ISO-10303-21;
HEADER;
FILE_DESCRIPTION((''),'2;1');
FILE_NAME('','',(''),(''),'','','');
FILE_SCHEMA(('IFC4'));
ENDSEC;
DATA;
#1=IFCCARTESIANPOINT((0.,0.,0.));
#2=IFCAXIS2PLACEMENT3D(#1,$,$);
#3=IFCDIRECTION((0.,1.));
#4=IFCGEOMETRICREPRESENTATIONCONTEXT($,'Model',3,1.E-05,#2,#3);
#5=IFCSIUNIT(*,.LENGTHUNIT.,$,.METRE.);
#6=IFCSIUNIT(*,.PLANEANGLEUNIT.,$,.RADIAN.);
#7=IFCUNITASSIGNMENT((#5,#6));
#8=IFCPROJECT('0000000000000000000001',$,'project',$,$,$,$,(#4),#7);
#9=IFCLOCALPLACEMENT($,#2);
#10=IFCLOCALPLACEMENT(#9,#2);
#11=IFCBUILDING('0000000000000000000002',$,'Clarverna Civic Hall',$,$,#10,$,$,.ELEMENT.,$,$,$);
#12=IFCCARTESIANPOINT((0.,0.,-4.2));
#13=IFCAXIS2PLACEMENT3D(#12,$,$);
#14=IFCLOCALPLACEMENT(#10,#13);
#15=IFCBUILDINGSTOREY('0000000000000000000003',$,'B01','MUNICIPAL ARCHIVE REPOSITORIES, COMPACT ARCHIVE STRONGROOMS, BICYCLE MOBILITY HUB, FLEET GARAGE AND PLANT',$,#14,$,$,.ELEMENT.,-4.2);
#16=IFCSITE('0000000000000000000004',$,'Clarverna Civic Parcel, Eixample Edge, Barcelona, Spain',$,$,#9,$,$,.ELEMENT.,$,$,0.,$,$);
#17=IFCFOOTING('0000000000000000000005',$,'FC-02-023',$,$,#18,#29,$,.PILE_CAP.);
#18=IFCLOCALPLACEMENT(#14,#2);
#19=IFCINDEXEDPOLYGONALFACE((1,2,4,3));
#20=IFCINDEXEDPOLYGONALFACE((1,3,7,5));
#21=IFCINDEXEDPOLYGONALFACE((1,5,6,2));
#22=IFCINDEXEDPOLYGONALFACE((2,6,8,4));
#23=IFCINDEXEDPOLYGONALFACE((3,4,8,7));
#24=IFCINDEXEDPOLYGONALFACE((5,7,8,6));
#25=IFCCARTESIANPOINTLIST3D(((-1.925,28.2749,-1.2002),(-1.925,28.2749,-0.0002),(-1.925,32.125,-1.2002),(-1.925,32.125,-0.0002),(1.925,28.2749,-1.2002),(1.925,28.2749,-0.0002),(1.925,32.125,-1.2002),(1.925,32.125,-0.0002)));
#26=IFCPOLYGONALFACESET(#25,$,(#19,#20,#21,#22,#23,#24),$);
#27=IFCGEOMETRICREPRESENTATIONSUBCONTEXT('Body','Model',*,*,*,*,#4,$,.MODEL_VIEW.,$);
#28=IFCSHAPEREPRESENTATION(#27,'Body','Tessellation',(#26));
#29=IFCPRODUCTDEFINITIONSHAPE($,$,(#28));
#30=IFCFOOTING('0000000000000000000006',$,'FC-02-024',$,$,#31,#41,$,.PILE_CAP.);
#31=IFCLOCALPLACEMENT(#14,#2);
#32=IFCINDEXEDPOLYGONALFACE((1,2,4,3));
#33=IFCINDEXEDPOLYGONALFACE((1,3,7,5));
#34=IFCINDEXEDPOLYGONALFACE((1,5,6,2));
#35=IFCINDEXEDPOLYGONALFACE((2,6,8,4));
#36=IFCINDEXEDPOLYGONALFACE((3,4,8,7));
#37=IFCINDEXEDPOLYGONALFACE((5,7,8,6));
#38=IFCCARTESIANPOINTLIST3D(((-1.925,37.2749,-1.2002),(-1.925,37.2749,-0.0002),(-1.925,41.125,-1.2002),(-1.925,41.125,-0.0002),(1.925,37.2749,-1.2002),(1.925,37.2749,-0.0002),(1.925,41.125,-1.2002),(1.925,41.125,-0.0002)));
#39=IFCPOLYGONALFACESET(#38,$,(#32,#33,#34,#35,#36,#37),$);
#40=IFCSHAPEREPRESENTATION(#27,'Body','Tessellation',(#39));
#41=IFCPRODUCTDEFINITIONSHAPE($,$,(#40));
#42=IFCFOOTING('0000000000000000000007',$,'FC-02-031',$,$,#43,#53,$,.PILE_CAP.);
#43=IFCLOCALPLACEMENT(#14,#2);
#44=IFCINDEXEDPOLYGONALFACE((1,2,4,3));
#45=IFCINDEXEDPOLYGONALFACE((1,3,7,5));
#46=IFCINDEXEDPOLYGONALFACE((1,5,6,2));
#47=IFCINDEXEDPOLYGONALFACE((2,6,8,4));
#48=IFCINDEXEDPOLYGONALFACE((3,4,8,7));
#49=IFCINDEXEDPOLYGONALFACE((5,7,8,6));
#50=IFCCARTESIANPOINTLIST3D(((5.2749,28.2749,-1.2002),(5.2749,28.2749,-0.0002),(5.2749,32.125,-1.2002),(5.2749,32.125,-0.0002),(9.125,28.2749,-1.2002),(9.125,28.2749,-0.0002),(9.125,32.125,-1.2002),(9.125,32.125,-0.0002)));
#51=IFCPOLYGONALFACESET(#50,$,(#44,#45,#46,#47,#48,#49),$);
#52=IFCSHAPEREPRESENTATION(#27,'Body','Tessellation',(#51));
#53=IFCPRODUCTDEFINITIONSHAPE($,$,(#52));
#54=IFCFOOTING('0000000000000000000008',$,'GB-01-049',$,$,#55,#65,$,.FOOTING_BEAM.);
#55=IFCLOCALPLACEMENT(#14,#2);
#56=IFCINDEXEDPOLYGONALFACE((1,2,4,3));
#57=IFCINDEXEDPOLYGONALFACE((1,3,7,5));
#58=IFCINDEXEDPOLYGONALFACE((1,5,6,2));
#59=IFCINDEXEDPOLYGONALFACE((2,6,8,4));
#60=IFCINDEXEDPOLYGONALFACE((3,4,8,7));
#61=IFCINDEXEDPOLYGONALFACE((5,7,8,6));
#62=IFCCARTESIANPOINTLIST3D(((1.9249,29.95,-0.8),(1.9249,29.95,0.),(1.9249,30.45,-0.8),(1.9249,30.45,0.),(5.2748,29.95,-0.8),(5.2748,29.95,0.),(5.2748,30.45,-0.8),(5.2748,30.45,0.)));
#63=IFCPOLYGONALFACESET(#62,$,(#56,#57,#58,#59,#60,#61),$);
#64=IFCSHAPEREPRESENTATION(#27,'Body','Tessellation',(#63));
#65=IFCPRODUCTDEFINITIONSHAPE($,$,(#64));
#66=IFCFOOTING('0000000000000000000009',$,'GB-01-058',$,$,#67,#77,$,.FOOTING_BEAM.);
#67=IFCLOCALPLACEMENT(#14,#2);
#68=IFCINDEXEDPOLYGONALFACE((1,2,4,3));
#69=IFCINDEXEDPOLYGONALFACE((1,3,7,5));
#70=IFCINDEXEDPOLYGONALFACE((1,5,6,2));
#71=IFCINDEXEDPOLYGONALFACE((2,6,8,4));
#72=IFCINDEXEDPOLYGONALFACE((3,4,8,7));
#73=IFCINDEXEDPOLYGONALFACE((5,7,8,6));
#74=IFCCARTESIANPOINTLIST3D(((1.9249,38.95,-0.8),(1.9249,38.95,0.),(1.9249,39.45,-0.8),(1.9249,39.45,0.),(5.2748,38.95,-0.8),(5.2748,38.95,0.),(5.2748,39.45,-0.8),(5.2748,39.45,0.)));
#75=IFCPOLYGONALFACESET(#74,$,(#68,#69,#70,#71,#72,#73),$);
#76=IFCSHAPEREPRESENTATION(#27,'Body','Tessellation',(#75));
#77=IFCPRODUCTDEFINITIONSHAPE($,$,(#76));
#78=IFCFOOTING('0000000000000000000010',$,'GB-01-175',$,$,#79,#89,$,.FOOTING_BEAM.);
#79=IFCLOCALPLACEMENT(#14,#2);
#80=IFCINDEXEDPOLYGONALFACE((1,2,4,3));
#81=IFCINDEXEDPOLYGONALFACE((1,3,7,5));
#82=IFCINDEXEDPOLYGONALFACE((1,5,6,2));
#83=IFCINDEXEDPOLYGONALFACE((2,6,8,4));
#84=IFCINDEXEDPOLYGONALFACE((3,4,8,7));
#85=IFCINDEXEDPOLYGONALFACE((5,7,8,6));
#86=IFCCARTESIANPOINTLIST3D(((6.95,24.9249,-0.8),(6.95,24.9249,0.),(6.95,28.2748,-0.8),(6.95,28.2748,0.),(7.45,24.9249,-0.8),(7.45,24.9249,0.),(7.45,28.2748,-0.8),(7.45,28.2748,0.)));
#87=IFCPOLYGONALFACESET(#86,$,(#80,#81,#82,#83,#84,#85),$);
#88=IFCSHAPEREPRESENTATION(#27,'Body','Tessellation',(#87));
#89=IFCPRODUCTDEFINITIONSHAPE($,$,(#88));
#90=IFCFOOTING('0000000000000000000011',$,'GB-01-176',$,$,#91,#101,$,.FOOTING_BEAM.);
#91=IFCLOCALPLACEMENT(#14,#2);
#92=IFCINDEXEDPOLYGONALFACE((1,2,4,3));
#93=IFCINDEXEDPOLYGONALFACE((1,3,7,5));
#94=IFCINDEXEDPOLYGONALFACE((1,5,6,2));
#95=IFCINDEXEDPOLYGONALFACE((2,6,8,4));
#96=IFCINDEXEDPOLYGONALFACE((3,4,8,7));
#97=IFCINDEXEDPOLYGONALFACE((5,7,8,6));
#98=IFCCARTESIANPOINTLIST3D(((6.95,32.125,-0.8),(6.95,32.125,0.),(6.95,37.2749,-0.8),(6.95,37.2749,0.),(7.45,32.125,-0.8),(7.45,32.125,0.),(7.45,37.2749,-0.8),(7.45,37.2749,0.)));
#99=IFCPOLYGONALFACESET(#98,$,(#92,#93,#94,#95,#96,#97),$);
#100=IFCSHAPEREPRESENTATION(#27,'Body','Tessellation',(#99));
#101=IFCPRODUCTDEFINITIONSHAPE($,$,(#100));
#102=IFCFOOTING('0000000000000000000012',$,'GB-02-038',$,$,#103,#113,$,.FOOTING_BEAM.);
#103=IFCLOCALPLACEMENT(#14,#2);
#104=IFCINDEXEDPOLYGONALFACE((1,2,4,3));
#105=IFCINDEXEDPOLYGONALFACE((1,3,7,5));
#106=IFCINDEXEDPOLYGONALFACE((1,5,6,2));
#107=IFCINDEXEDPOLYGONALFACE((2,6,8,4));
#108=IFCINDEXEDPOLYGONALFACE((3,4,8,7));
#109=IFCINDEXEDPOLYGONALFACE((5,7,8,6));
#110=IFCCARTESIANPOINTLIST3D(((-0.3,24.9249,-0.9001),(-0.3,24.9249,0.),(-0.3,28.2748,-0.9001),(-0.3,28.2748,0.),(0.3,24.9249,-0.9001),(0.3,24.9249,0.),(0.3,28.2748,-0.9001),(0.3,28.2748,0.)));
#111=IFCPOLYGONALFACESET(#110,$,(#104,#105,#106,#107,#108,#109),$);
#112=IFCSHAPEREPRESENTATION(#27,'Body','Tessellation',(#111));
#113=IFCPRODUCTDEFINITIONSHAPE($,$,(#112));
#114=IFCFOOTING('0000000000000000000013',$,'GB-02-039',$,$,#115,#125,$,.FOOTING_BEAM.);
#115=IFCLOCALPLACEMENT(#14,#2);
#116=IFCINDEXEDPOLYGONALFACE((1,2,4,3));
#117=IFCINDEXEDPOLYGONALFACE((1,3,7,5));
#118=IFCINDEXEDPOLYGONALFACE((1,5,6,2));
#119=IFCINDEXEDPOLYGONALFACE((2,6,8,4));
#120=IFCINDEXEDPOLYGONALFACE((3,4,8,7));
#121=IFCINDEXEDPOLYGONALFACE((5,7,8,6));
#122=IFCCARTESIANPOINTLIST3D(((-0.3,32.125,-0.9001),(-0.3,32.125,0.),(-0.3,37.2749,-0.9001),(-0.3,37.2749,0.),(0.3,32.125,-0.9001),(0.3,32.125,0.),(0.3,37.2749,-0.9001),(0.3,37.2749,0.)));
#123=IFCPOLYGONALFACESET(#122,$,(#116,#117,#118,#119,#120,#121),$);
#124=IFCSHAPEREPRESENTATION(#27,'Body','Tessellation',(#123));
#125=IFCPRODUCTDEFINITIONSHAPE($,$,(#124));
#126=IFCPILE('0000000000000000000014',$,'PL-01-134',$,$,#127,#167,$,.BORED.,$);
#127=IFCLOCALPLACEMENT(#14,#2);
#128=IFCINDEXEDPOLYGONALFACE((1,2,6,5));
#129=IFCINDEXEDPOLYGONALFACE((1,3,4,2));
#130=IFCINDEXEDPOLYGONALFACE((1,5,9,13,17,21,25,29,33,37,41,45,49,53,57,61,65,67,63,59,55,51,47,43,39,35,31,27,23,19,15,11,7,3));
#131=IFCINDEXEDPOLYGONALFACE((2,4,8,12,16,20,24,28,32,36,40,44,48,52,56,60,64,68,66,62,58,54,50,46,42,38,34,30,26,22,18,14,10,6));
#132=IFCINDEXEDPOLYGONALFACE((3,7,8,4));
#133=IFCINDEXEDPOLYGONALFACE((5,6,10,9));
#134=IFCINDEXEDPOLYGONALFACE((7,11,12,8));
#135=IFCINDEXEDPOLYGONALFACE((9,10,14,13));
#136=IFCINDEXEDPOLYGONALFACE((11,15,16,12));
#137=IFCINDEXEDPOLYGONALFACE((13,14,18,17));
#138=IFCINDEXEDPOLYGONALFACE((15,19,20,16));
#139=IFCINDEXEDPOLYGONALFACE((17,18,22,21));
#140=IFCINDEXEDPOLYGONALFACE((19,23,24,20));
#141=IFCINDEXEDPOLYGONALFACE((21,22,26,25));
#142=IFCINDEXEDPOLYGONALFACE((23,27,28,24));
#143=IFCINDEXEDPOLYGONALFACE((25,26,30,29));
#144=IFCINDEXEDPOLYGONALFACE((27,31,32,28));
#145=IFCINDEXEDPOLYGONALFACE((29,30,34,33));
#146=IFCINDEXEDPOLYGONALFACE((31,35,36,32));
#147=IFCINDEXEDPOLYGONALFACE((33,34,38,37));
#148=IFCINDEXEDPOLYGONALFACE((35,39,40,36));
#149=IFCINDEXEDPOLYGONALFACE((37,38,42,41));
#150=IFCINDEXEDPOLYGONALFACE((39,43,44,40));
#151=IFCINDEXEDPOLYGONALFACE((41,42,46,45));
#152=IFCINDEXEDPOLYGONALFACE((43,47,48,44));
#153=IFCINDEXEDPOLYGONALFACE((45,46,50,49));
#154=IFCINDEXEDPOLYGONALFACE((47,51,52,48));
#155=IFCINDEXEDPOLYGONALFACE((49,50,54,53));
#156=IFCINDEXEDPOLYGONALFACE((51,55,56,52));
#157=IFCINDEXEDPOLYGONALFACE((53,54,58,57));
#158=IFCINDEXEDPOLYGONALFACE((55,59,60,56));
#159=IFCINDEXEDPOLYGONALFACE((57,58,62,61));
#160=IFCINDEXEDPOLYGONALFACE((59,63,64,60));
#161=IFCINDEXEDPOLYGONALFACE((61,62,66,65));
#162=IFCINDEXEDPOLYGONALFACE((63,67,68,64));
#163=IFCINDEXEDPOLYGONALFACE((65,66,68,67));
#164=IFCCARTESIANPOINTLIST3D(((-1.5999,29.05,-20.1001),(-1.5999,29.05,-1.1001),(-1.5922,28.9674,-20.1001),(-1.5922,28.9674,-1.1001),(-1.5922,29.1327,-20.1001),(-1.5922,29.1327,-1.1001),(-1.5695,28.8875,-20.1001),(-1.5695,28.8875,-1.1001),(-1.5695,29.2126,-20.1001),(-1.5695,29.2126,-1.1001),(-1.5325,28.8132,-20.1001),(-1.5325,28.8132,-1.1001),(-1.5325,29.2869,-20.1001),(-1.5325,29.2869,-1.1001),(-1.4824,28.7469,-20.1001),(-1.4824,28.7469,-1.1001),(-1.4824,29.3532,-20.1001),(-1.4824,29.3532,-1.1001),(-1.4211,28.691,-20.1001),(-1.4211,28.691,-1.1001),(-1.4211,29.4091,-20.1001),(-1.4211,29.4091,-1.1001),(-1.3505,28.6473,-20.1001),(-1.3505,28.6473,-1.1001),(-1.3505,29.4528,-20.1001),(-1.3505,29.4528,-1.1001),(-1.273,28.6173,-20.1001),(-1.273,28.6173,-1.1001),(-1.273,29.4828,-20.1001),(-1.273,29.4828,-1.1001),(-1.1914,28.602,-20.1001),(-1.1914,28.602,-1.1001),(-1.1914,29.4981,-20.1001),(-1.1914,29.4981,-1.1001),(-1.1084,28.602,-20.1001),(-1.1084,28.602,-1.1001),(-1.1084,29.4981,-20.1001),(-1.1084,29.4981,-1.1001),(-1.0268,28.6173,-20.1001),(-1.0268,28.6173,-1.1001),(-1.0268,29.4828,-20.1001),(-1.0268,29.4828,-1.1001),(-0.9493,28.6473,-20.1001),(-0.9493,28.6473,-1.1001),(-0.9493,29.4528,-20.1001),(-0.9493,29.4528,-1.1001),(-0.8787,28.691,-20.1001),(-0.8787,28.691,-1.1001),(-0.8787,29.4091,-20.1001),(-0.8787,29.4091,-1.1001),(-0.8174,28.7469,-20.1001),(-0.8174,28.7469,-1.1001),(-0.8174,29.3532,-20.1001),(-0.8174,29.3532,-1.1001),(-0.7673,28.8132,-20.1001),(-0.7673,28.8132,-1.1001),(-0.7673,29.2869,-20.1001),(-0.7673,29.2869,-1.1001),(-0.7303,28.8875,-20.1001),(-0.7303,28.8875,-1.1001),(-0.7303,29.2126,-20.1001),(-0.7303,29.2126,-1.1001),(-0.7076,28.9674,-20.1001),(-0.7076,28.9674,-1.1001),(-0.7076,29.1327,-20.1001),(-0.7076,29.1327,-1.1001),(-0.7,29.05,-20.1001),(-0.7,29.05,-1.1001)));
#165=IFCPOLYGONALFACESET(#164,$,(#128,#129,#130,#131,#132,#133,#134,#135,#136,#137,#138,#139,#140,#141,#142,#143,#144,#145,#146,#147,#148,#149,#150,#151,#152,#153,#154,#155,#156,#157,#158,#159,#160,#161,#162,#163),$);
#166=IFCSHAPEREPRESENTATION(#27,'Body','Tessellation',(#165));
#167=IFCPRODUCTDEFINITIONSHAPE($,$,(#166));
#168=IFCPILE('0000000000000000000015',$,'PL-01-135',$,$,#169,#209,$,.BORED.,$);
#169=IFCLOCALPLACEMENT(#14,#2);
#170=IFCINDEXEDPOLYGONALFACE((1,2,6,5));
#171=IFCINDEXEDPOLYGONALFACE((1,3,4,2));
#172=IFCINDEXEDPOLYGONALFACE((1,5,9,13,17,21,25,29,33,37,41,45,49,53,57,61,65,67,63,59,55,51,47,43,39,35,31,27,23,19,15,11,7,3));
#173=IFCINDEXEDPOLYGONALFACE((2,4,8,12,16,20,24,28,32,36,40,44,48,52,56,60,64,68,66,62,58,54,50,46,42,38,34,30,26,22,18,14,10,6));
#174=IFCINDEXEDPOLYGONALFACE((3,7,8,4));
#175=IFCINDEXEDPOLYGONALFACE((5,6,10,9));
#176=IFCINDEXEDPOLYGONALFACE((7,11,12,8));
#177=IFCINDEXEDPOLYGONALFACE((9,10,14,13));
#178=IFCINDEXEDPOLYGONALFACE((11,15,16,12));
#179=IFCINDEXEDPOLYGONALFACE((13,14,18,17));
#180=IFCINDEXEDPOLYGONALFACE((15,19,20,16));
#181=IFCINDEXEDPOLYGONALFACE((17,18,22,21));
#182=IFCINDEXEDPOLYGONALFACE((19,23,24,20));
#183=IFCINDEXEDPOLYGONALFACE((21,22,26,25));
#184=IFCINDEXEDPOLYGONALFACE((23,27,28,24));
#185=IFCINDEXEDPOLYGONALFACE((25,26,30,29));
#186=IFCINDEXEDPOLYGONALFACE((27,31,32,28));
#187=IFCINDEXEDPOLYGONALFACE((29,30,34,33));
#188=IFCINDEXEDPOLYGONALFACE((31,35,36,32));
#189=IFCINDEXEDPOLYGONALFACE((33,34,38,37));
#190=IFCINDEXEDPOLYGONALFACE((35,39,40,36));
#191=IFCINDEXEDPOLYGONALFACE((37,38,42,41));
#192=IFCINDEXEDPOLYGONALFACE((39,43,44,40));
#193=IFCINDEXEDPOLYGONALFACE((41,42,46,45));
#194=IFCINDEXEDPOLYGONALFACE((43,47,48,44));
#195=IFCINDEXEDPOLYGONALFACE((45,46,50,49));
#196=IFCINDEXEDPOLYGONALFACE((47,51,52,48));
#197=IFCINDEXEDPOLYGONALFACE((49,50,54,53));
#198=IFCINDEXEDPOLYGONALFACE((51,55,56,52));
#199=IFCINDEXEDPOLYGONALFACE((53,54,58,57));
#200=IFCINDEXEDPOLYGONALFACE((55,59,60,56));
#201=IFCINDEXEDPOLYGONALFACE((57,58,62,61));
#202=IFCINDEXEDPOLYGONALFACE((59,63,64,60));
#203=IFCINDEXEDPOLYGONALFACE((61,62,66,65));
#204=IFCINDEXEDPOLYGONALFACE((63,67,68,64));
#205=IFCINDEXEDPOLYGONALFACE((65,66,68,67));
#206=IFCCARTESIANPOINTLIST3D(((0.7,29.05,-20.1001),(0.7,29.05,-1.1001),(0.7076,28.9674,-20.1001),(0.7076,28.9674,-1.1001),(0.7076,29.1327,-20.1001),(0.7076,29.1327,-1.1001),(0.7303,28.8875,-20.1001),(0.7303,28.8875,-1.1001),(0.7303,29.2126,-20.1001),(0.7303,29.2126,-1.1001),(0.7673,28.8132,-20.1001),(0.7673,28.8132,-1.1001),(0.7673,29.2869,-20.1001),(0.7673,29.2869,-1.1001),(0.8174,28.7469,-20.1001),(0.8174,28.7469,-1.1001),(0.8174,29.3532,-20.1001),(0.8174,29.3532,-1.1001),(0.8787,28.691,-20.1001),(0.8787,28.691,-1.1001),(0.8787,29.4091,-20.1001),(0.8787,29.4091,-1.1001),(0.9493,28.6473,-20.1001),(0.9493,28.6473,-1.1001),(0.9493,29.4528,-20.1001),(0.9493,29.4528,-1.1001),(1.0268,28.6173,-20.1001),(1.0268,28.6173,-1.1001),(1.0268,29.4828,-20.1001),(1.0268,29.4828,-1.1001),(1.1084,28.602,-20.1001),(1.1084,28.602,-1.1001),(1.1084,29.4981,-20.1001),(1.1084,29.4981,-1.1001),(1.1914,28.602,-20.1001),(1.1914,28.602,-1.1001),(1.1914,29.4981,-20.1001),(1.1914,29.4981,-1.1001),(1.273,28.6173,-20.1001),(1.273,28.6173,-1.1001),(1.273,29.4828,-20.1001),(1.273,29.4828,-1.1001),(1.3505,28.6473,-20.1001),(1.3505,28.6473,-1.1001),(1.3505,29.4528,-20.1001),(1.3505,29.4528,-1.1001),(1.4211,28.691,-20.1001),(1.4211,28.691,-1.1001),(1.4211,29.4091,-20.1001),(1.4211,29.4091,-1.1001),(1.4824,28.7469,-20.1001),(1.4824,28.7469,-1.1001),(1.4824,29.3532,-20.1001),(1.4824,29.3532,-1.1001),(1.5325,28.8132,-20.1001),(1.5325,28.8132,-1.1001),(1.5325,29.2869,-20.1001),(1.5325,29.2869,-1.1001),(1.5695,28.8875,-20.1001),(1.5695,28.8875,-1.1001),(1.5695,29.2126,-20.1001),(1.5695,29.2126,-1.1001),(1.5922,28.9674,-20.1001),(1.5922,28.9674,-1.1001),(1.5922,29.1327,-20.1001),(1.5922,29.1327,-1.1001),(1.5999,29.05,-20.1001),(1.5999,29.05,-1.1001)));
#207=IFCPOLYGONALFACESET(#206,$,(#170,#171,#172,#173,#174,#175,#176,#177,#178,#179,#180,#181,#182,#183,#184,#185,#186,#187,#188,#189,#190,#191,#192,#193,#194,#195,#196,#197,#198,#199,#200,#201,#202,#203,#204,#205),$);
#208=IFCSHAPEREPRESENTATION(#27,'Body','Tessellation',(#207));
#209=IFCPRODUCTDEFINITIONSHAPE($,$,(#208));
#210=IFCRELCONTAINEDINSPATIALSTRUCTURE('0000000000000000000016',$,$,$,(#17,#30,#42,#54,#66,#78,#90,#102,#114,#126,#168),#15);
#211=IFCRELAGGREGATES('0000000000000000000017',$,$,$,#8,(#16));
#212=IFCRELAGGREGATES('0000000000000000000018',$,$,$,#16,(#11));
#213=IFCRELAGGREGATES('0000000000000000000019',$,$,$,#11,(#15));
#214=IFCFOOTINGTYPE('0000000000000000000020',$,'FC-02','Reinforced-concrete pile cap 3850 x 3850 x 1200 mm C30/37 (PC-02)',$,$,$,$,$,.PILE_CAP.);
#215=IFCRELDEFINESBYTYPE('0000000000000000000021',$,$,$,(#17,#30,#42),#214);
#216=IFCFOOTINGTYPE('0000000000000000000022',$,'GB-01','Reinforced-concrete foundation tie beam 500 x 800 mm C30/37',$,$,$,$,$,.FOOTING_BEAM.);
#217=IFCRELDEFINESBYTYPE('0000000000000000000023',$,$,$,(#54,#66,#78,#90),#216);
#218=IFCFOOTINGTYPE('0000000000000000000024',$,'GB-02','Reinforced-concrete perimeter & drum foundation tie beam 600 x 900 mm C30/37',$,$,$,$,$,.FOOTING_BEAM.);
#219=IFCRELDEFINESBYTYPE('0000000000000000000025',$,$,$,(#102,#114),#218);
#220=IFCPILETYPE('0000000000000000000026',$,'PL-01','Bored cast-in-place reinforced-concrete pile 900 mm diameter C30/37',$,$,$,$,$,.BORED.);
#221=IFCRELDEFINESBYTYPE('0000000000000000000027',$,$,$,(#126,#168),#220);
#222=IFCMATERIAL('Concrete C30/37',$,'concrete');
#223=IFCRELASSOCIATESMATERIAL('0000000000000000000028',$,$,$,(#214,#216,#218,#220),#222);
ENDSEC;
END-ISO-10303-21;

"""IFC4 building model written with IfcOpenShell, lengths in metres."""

from ifc_helpers import new_model, si_unit, direction, frame, frame_2d, origin, origin_2d, place, context, subcontext, project, spatial, rectangle, circle, extrude, material, material_profile, profile_set, type_object, element, save


model = new_model("IFC4")

# Units and contexts
model_context = context("Model", 3, precision=1e-05, world=origin(), true_north=direction((0.0, 1.0)))
body_context = subcontext(model_context, "Body", "Model", "MODEL_VIEW")
ifc_project = project(units=[si_unit("LENGTHUNIT", "METRE"), si_unit("PLANEANGLEUNIT", "RADIAN")], contexts=[model_context])

# Site, building, storey
site_placement = place(None, origin())
site = spatial("IfcSite", under=ifc_project, at=site_placement, Name="Clarverna Civic Parcel, Eixample Edge, Barcelona, Spain", CompositionType="ELEMENT", RefElevation=0.0)
building_placement = place(site_placement, origin())
building = spatial("IfcBuilding", under=site, at=building_placement, Name="Clarverna Civic Hall", CompositionType="ELEMENT")
storey_placement = place(building_placement, frame((0.0, 0.0, -4.2)))
storey = spatial("IfcBuildingStorey", under=building, at=storey_placement, Name="B01", Description="MUNICIPAL ARCHIVE REPOSITORIES, COMPACT ARCHIVE STRONGROOMS, BICYCLE MOBILITY HUB, FLEET GARAGE AND PLANT", CompositionType="ELEMENT", Elevation=-4.2)

# Footings
ifc_material_1 = material(Name="Concrete C30/37", Category="concrete")
footing_type_1 = type_object("IfcFootingType", Name="FC-02", Description="Reinforced-concrete pile cap 3850 x 3850 x 1200 mm C30/37 (PC-02)", PredefinedType="PILE_CAP", material=ifc_material_1)
for number, where, z_axis, x_axis, name in (
    (1, (0.0, 30.2, -1.2002), (0.0, 0.0, 1.0), (1.0, 0.0, 0.0), "FC-02-023"),
    (2, (0.0, 39.2, -1.2002), (0.0, 0.0, 1.0), (1.0, 0.0, 0.0), "FC-02-024"),
    (3, (7.2, 30.2, -1.2002), (0.0, 0.0, 1.0), (1.0, 0.0, 0.0), "FC-02-031"),
):
    element("IfcFooting", number, at=place(storey_placement, frame(where, z_axis=z_axis, x_axis=x_axis)), inside=storey, type_object=footing_type_1, Name=name, PredefinedType="PILE_CAP", context=body_context, shape_type="SweptSolid", body=[
        extrude(rectangle(XDim=3.8501, YDim=3.8501, at=origin_2d()), origin(), (0.0, 0.0, 1.0), 1.2),
    ])
footing_type_2 = type_object("IfcFootingType", Name="GB-01", Description="Reinforced-concrete foundation tie beam 500 x 800 mm C30/37", PredefinedType="FOOTING_BEAM", material=ifc_material_1)
for number, where, z_axis, x_axis, name in (
    (4, (1.925, 30.2, -0.8), (0.0, 0.0, 1.0), (1.0, 0.0, 0.0), "GB-01-049"),
    (5, (1.925, 39.2, -0.8), (0.0, 0.0, 1.0), (1.0, 0.0, 0.0), "GB-01-058"),
    (6, (7.2, 24.925, -0.8), (0.0, 0.0, 1.0), (0.0, 1.0, 0.0), "GB-01-175"),
):
    element("IfcFooting", number, at=place(storey_placement, frame(where, z_axis=z_axis, x_axis=x_axis)), inside=storey, type_object=footing_type_2, Name=name, PredefinedType="FOOTING_BEAM", context=body_context, shape_type="SweptSolid", body=[
        extrude(rectangle(XDim=3.3499, YDim=0.5, at=frame_2d((1.6748, 0.0))), origin(), (0.0, 0.0, 1.0), 0.8),
    ])
footing_1_placement = place(storey_placement, frame((7.2, 32.125, -0.8), z_axis=(0.0, 0.0, 1.0), x_axis=(0.0, 1.0, 0.0)))
element("IfcFooting", 7, at=footing_1_placement, inside=storey, type_object=footing_type_2, Name="GB-01-176", PredefinedType="FOOTING_BEAM", context=body_context, shape_type="SweptSolid", body=[
    extrude(rectangle(XDim=5.1499, YDim=0.5, at=frame_2d((2.575, 0.0))), origin(), (0.0, 0.0, 1.0), 0.8),
])
footing_type_3 = type_object("IfcFootingType", Name="GB-02", Description="Reinforced-concrete perimeter & drum foundation tie beam 600 x 900 mm C30/37", PredefinedType="FOOTING_BEAM", material=ifc_material_1)
footing_2_placement = place(storey_placement, frame((0.0, 24.925, -0.9001), z_axis=(0.0, 0.0, 1.0), x_axis=(0.0, 1.0, 0.0)))
element("IfcFooting", 8, at=footing_2_placement, inside=storey, type_object=footing_type_3, Name="GB-02-038", PredefinedType="FOOTING_BEAM", context=body_context, shape_type="SweptSolid", body=[
    extrude(rectangle(XDim=3.3499, YDim=0.6001, at=frame_2d((1.6748, 0.0))), origin(), (0.0, 0.0, 1.0), 0.9001),
])
footing_3_placement = place(storey_placement, frame((0.0, 32.125, -0.9001), z_axis=(0.0, 0.0, 1.0), x_axis=(0.0, 1.0, 0.0)))
element("IfcFooting", 9, at=footing_3_placement, inside=storey, type_object=footing_type_3, Name="GB-02-039", PredefinedType="FOOTING_BEAM", context=body_context, shape_type="SweptSolid", body=[
    extrude(rectangle(XDim=5.1499, YDim=0.6001, at=frame_2d((2.575, 0.0))), origin(), (0.0, 0.0, 1.0), 0.9001),
])

# Piles
ifc_material_profile_1 = material_profile(ifc_material_1, circle(Radius=0.45, at=origin_2d()), Name="BORED PILE D900")
ifc_profile_set_1 = profile_set([ifc_material_profile_1], Name="Concrete C30/37")
pile_type = type_object("IfcPileType", Name="PL-01", Description="Bored cast-in-place reinforced-concrete pile 900 mm diameter C30/37", PredefinedType="BORED", material=ifc_profile_set_1)
for number, where, z_axis, x_axis, name in (
    (10, (-1.1499, 29.05, -1.1001), (0.0, 0.0, -1.0), (1.0, 0.0, 0.0), "PL-01-134"),
    (11, (1.1499, 29.05, -1.1001), (0.0, 0.0, -1.0), (1.0, 0.0, 0.0), "PL-01-135"),
):
    element("IfcPile", number, at=place(storey_placement, frame(where, z_axis=z_axis, x_axis=x_axis)), inside=storey, type_object=pile_type, Name=name, PredefinedType="BORED", context=body_context, shape_type="SweptSolid", body=[
        extrude(circle(Radius=0.45, at=origin_2d()), origin(), (0.0, 0.0, 1.0), 19.0),
    ])

save(model, "model.ifc")
